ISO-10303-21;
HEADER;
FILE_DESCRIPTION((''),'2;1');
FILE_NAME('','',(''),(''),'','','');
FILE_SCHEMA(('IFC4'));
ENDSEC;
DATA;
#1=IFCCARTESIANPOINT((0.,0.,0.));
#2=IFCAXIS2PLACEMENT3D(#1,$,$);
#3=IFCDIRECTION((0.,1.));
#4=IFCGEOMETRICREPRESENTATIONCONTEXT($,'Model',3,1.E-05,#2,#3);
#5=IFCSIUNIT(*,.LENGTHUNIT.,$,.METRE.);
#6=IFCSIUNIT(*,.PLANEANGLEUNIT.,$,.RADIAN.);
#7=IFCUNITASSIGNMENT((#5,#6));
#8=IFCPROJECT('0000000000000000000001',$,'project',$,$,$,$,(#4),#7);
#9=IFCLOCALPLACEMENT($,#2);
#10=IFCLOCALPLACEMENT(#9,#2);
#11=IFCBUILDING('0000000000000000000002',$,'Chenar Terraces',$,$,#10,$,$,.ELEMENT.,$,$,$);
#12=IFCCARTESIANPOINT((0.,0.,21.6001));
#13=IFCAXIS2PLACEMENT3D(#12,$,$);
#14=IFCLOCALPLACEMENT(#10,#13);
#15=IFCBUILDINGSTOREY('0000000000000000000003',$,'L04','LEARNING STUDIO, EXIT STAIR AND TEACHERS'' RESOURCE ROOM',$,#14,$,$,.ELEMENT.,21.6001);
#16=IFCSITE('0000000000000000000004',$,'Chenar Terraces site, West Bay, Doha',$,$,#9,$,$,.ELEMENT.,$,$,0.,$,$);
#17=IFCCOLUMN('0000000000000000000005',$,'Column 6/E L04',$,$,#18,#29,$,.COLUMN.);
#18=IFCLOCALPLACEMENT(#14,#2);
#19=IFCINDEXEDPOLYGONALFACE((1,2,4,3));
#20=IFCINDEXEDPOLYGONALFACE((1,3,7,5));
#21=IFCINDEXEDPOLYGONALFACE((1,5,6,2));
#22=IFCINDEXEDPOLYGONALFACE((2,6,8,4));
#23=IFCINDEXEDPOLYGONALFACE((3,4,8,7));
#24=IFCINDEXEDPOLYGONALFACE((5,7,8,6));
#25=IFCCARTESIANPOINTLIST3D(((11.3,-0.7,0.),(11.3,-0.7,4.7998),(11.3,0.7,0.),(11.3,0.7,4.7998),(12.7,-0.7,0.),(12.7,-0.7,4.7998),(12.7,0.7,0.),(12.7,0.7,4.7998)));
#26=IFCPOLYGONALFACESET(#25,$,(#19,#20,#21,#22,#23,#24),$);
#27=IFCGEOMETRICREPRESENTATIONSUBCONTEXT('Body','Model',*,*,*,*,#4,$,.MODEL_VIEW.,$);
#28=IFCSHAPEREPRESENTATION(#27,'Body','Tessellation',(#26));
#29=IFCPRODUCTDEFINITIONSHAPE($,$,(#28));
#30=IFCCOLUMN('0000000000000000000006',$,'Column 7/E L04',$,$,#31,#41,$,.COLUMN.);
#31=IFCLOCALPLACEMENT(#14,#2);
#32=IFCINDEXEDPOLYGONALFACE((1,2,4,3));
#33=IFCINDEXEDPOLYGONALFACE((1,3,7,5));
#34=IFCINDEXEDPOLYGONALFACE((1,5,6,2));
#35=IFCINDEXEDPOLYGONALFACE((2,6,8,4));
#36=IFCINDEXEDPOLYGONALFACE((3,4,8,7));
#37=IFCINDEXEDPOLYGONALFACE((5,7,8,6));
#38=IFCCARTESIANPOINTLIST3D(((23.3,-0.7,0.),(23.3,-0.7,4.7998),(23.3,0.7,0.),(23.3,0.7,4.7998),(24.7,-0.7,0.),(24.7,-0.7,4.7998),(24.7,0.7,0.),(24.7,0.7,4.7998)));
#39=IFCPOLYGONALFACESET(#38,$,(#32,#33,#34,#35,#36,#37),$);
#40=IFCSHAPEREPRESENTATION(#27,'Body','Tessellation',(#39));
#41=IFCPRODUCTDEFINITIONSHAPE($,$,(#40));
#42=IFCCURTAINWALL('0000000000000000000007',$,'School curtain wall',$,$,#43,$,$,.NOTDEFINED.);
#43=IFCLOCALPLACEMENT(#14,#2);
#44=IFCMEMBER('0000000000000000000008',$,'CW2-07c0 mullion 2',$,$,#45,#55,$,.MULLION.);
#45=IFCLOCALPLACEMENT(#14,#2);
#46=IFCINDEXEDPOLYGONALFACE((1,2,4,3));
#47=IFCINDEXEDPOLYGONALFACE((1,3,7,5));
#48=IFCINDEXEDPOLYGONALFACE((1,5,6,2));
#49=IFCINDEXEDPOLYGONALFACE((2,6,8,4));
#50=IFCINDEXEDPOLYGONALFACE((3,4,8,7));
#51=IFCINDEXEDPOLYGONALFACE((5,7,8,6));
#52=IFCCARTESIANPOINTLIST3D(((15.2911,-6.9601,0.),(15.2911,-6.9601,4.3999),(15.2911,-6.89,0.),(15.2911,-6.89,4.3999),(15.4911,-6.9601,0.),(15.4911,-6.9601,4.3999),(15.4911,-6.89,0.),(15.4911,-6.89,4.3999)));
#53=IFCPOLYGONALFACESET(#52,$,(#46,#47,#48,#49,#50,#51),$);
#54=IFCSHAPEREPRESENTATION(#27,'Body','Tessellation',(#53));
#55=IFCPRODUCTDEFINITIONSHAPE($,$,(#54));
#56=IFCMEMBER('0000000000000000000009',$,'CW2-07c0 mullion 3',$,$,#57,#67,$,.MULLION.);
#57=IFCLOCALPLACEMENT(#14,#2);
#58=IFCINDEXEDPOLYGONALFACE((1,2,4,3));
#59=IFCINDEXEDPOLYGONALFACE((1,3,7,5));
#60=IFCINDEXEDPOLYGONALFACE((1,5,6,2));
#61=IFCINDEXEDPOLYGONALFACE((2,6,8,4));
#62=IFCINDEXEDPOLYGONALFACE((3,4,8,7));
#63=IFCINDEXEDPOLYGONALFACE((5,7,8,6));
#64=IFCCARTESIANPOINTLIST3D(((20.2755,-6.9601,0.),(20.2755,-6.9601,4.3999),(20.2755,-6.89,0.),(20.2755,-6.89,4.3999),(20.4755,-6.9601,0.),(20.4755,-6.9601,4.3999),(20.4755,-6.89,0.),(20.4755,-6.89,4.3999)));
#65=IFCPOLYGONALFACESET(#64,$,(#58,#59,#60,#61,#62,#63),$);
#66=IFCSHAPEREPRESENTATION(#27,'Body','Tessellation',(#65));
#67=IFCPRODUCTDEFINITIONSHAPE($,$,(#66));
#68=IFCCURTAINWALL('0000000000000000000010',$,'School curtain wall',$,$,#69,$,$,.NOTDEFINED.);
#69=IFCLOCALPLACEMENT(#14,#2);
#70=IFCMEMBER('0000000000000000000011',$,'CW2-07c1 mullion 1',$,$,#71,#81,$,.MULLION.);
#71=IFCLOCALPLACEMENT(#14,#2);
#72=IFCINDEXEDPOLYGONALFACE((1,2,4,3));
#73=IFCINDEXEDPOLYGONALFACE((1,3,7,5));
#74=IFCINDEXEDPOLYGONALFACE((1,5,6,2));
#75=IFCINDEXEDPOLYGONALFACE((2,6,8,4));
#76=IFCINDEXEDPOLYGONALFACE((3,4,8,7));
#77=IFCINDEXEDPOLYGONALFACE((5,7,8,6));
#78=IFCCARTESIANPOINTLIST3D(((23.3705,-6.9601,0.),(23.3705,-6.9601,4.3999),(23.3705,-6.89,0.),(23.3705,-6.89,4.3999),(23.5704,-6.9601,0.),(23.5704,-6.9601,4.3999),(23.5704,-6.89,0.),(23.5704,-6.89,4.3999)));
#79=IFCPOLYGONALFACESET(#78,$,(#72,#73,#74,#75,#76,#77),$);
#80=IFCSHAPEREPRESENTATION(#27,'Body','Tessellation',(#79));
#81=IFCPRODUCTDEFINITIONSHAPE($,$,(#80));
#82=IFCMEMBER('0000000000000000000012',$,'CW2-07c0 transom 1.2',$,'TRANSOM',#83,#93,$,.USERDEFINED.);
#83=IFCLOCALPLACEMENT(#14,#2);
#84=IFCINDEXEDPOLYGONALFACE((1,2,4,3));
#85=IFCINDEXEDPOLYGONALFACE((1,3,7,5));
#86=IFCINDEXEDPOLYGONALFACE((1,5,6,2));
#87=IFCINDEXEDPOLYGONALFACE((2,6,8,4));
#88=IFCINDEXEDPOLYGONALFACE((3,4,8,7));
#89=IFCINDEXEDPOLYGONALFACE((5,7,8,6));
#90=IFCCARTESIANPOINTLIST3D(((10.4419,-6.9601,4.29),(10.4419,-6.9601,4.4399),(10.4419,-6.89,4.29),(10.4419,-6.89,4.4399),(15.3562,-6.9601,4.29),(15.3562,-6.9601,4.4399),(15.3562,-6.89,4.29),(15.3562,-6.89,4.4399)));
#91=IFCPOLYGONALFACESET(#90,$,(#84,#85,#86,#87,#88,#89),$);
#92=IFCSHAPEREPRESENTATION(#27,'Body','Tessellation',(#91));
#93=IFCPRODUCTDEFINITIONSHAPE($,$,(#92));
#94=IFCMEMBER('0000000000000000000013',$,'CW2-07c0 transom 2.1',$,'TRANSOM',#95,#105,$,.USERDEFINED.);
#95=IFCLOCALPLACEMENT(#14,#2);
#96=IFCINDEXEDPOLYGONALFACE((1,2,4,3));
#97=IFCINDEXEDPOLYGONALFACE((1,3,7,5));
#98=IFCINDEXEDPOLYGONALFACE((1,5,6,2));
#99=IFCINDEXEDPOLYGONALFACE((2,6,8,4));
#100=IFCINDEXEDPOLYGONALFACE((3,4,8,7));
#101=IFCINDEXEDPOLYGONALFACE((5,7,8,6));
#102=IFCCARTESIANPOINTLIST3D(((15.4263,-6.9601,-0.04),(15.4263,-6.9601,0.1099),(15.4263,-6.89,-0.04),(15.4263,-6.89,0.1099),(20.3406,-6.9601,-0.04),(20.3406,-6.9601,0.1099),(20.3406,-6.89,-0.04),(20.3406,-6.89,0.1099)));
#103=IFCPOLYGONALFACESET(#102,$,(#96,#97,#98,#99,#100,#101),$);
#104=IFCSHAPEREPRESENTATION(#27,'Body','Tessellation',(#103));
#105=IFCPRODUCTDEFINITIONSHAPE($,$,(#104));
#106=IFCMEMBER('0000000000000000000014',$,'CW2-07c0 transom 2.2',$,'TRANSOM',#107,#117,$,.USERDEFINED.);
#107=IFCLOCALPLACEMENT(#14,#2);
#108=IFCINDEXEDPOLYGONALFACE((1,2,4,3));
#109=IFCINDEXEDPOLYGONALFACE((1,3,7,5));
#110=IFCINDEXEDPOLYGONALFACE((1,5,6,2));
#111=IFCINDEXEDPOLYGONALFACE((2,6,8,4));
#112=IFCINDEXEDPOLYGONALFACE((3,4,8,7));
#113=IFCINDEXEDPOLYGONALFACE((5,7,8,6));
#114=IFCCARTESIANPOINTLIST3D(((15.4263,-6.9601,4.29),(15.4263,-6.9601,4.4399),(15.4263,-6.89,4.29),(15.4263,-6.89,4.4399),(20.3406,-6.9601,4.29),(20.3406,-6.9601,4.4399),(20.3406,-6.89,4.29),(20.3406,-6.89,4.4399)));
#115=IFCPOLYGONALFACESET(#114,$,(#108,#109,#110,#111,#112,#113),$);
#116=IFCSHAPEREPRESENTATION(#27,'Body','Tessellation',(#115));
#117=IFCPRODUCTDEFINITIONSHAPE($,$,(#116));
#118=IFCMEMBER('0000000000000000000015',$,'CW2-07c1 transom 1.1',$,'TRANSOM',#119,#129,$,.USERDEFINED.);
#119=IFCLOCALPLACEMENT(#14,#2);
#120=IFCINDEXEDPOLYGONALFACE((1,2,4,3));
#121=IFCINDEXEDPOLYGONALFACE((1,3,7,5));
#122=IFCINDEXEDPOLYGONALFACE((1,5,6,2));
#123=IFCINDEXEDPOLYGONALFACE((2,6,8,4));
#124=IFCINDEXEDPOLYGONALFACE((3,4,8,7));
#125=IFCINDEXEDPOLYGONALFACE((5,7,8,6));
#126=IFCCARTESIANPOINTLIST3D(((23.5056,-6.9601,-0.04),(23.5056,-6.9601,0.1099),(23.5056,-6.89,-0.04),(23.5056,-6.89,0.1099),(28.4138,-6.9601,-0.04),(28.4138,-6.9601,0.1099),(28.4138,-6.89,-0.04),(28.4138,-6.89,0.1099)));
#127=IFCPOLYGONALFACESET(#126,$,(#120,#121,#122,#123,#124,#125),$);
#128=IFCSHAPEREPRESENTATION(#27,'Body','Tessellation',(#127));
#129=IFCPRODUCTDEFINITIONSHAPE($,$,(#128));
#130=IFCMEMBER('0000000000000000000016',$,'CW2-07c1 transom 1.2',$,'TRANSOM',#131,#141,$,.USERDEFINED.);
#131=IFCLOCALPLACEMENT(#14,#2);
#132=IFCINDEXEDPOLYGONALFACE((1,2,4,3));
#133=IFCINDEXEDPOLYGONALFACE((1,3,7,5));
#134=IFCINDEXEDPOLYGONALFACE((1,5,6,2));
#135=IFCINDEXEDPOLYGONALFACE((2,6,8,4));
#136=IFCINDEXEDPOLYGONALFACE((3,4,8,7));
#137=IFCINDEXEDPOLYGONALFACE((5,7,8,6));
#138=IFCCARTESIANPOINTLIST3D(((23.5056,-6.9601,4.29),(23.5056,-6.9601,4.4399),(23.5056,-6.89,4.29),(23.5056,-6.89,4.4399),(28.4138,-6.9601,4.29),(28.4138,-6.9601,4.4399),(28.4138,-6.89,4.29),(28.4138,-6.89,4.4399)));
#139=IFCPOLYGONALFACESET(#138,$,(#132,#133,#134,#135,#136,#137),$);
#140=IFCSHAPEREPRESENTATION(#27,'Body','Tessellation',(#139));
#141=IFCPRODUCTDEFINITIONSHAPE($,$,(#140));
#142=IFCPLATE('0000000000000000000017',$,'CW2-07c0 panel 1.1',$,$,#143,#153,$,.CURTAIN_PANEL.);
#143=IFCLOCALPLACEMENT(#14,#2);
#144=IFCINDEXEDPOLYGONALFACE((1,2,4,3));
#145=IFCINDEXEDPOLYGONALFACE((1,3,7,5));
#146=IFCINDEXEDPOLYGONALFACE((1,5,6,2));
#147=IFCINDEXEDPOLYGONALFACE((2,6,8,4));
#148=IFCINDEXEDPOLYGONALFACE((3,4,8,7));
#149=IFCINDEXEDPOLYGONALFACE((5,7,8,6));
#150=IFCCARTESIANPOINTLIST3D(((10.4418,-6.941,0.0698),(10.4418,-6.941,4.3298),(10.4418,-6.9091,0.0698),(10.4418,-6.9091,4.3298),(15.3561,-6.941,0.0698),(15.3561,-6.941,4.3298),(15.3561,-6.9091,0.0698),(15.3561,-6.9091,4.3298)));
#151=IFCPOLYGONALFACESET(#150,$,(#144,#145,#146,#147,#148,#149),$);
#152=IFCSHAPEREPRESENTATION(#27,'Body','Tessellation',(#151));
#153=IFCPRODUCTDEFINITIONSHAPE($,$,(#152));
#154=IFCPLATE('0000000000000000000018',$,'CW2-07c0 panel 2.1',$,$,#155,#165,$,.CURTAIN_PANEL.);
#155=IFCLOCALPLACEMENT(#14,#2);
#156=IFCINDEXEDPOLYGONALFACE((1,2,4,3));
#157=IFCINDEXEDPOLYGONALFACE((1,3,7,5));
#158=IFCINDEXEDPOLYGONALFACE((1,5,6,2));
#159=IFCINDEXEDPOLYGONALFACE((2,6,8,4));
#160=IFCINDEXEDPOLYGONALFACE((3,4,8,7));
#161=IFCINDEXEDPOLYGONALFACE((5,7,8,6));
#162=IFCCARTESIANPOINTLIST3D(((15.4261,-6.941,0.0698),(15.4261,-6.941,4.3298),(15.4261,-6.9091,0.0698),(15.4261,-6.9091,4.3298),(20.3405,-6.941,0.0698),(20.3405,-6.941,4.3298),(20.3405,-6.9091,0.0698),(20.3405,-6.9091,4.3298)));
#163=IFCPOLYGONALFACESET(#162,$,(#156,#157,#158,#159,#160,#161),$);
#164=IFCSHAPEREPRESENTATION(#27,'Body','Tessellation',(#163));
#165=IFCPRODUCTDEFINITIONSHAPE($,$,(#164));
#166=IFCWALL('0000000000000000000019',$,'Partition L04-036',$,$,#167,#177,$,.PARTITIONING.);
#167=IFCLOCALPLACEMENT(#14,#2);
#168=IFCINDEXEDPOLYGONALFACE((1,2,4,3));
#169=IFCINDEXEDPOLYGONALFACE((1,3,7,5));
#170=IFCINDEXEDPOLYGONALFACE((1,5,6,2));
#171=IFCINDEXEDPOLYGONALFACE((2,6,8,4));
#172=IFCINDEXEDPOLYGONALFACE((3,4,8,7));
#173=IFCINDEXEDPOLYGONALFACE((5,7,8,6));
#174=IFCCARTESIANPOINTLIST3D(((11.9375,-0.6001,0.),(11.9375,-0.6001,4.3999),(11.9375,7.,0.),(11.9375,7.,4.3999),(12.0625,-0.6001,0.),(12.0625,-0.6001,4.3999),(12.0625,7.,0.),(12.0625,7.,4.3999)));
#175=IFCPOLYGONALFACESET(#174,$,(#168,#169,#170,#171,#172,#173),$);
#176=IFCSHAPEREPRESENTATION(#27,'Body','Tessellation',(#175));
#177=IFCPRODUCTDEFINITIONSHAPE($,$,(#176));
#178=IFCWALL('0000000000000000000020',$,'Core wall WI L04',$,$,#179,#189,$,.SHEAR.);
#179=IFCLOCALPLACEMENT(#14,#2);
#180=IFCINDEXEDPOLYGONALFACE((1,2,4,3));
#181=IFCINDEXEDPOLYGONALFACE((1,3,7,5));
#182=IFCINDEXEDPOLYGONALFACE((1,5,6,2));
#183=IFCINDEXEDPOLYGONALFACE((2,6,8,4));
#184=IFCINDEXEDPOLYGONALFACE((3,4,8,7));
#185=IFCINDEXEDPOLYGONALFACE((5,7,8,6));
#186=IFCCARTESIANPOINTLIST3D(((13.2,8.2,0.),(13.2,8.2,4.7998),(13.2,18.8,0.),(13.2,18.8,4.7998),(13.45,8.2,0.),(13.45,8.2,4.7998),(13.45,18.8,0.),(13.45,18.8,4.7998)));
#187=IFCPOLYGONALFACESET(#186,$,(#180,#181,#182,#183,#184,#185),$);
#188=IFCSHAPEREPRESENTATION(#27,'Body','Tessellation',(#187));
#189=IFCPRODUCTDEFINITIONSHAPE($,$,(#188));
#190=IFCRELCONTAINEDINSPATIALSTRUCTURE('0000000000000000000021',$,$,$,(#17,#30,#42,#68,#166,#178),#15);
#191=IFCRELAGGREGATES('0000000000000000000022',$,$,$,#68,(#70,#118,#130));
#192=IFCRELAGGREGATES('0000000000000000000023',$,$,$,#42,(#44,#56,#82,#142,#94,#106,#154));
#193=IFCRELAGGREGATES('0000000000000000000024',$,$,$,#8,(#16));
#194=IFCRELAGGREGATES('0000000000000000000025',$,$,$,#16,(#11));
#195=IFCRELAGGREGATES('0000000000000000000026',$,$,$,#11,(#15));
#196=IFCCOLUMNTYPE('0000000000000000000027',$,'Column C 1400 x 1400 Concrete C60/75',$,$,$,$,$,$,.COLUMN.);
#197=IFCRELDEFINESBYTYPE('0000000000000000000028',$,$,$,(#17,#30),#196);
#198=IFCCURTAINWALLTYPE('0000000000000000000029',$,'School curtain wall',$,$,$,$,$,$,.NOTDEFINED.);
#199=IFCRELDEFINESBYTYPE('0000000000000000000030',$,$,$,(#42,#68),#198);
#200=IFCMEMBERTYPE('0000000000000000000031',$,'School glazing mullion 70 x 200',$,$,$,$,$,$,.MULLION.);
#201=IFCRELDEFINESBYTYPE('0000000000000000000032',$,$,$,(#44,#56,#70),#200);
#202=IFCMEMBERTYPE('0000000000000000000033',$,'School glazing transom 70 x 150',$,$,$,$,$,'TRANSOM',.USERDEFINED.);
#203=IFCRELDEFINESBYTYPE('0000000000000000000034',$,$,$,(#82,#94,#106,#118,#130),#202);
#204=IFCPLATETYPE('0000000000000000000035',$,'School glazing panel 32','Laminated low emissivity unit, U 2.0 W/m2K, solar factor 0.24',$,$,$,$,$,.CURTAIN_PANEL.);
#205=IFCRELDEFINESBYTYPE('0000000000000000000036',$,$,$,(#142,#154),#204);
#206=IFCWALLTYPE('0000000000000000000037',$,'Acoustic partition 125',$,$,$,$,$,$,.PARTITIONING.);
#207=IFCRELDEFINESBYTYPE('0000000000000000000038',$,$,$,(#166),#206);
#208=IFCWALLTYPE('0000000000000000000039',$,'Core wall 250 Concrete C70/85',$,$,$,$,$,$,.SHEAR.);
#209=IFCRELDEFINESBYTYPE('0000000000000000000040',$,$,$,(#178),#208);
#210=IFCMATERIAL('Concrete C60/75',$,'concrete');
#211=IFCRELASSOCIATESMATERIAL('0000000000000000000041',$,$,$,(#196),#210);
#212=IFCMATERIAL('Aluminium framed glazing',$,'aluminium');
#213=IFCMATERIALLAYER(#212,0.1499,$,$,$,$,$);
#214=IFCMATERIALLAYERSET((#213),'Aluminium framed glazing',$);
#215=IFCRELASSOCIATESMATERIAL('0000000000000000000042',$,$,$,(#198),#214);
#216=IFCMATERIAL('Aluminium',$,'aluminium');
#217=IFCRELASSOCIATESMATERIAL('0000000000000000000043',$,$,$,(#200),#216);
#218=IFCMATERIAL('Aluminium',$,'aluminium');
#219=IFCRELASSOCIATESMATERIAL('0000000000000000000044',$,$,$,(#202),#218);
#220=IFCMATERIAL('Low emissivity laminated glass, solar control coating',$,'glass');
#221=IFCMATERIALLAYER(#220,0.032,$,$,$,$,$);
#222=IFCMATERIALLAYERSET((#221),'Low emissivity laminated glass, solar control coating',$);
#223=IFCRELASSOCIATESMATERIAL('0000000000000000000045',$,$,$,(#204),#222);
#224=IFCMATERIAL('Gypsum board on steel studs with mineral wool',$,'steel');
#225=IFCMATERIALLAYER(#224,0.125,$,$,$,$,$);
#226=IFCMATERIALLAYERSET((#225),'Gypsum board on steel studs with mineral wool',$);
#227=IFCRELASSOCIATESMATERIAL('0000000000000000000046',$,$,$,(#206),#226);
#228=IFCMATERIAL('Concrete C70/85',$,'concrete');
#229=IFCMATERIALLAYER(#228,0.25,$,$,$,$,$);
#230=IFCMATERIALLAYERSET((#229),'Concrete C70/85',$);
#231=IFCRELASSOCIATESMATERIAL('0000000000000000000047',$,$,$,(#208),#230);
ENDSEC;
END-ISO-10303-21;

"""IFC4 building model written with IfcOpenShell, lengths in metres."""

from ifc_helpers import new_model, si_unit, direction, frame, frame_2d, origin, origin_2d, place, context, subcontext, project, spatial, rectangle, extrude, material, layer, layer_set, material_profile, profile_set, type_object, element, aggregate, save


model = new_model("IFC4")

# Units and contexts
model_context = context("Model", 3, precision=1e-05, world=origin(), true_north=direction((0.0, 1.0)))
body_context = subcontext(model_context, "Body", "Model", "MODEL_VIEW")
ifc_project = project(units=[si_unit("LENGTHUNIT", "METRE"), si_unit("PLANEANGLEUNIT", "RADIAN")], contexts=[model_context])

# Site, building, storey
site_placement = place(None, origin())
site = spatial("IfcSite", under=ifc_project, at=site_placement, Name="Chenar Terraces site, West Bay, Doha", CompositionType="ELEMENT", RefElevation=0.0)
building_placement = place(site_placement, origin())
building = spatial("IfcBuilding", under=site, at=building_placement, Name="Chenar Terraces", CompositionType="ELEMENT")
storey_placement = place(building_placement, frame((0.0, 0.0, 21.6001)))
storey = spatial("IfcBuildingStorey", under=building, at=storey_placement, Name="L04", Description="LEARNING STUDIO, EXIT STAIR AND TEACHERS' RESOURCE ROOM", CompositionType="ELEMENT", Elevation=21.6001)

# Columns
ifc_material_1 = material(Name="Concrete C60/75", Category="concrete")
ifc_material_profile_1 = material_profile(ifc_material_1, rectangle(XDim=1.3999, YDim=1.3999, at=origin_2d()), Name="C 1400 x 1400")
ifc_profile_set_1 = profile_set([ifc_material_profile_1], Name="Concrete C60/75")
column_type = type_object("IfcColumnType", Name="Column C 1400 x 1400 Concrete C60/75", PredefinedType="COLUMN", material=ifc_profile_set_1)
for number, where, z_axis, x_axis, name in (
    (1, (12.0, 0.0, 0.0), (0.0, 0.0, 1.0), (1.0, 0.0, 0.0), "Column 6/E L04"),
    (2, (24.0, 0.0, 0.0), (0.0, 0.0, 1.0), (1.0, 0.0, 0.0), "Column 7/E L04"),
):
    element("IfcColumn", number, at=place(storey_placement, frame(where, z_axis=z_axis, x_axis=x_axis)), inside=storey, type_object=column_type, Name=name, PredefinedType="COLUMN", context=body_context, shape_type="SweptSolid", body=[
        extrude(rectangle(XDim=1.3999, YDim=1.3999, at=origin_2d()), origin(), (0.0, 0.0, 1.0), 4.7998),
    ])

# Curtain wall, members
ifc_material_2 = material(Name="Aluminium framed glazing", Category="aluminium")
ifc_layer_1 = layer(ifc_material_2, 0.1499)
ifc_layer_set_1 = layer_set([ifc_layer_1], Name="Aluminium framed glazing")
curtain_wall_type = type_object("IfcCurtainWallType", Name="School curtain wall", PredefinedType="NOTDEFINED", material=ifc_layer_set_1)
placement = place(storey_placement, origin())
curtain_wall_1 = element("IfcCurtainWall", 3, at=placement, inside=storey, type_object=curtain_wall_type, Name="School curtain wall", PredefinedType="NOTDEFINED")
ifc_material_3 = material(Name="Aluminium", Category="aluminium")
ifc_material_profile_2 = material_profile(ifc_material_3, rectangle(XDim=0.0701, YDim=0.2, at=origin_2d()), Name="School glazing mullion 70 x 200")
ifc_profile_set_2 = profile_set([ifc_material_profile_2], Name="Aluminium")
member_type_1 = type_object("IfcMemberType", Name="School glazing mullion 70 x 200", PredefinedType="MULLION", material=ifc_profile_set_2)
member_1_placement = place(storey_placement, frame((15.3911, -6.925, 0.0), z_axis=(0.0, 0.0, 1.0), x_axis=(0.0, 1.0, 0.0)))
member_1 = element("IfcMember", 4, at=member_1_placement, type_object=member_type_1, Name="CW2-07c0 mullion 2", PredefinedType="MULLION", context=body_context, shape_type="SweptSolid", body=[
    extrude(rectangle(XDim=0.0701, YDim=0.2, at=origin_2d()), origin(), (0.0, 0.0, 1.0), 4.3999),
])
member_2_placement = place(storey_placement, frame((20.3755, -6.925, 0.0), z_axis=(0.0, 0.0, 1.0), x_axis=(0.0, 1.0, 0.0)))
member_2 = element("IfcMember", 5, at=member_2_placement, type_object=member_type_1, Name="CW2-07c0 mullion 3", PredefinedType="MULLION", context=body_context, shape_type="SweptSolid", body=[
    extrude(rectangle(XDim=0.0701, YDim=0.2, at=origin_2d()), origin(), (0.0, 0.0, 1.0), 4.3999),
])

# Curtain wall, member
curtain_wall_2 = element("IfcCurtainWall", 6, at=placement, inside=storey, type_object=curtain_wall_type, Name="School curtain wall", PredefinedType="NOTDEFINED")
member_3_placement = place(storey_placement, frame((23.4705, -6.925, 0.0), z_axis=(0.0, 0.0, 1.0), x_axis=(0.0, 1.0, 0.0)))
member_3 = element("IfcMember", 7, at=member_3_placement, type_object=member_type_1, Name="CW2-07c1 mullion 1", PredefinedType="MULLION", context=body_context, shape_type="SweptSolid", body=[
    extrude(rectangle(XDim=0.0701, YDim=0.2, at=origin_2d()), origin(), (0.0, 0.0, 1.0), 4.3999),
])

# Members
ifc_material_4 = material(Name="Aluminium", Category="aluminium")
ifc_material_profile_3 = material_profile(ifc_material_4, rectangle(XDim=0.0701, YDim=0.1499, at=origin_2d()), Name="School glazing transom 70 x 150")
ifc_profile_set_3 = profile_set([ifc_material_profile_3], Name="Aluminium")
member_type_2 = type_object("IfcMemberType", Name="School glazing transom 70 x 150", ElementType="TRANSOM", PredefinedType="USERDEFINED", material=ifc_profile_set_3)
member_4_placement = place(storey_placement, frame((10.4419, -6.925, 4.365), z_axis=(1.0, 0.0, 0.0), x_axis=(0.0, 1.0, 0.0)))
member_4 = element("IfcMember", 8, at=member_4_placement, type_object=member_type_2, Name="CW2-07c0 transom 1.2", ObjectType="TRANSOM", PredefinedType="USERDEFINED", context=body_context, shape_type="SweptSolid", body=[
    extrude(rectangle(XDim=0.0701, YDim=0.1499, at=origin_2d()), origin(), (0.0, 0.0, 1.0), 4.9143),
])
member_5_placement = place(storey_placement, frame((15.4263, -6.925, 0.0349), z_axis=(1.0, 0.0, 0.0), x_axis=(0.0, 1.0, 0.0)))
member_5 = element("IfcMember", 9, at=member_5_placement, type_object=member_type_2, Name="CW2-07c0 transom 2.1", ObjectType="TRANSOM", PredefinedType="USERDEFINED", context=body_context, shape_type="SweptSolid", body=[
    extrude(rectangle(XDim=0.0701, YDim=0.1499, at=origin_2d()), origin(), (0.0, 0.0, 1.0), 4.9143),
])
member_6_placement = place(storey_placement, frame((15.4263, -6.925, 4.365), z_axis=(1.0, 0.0, 0.0), x_axis=(0.0, 1.0, 0.0)))
member_6 = element("IfcMember", 10, at=member_6_placement, type_object=member_type_2, Name="CW2-07c0 transom 2.2", ObjectType="TRANSOM", PredefinedType="USERDEFINED", context=body_context, shape_type="SweptSolid", body=[
    extrude(rectangle(XDim=0.0701, YDim=0.1499, at=origin_2d()), origin(), (0.0, 0.0, 1.0), 4.9143),
])
member_7_placement = place(storey_placement, frame((23.5056, -6.925, 0.0349), z_axis=(1.0, 0.0, 0.0), x_axis=(0.0, 1.0, 0.0)))
member_7 = element("IfcMember", 11, at=member_7_placement, type_object=member_type_2, Name="CW2-07c1 transom 1.1", ObjectType="TRANSOM", PredefinedType="USERDEFINED", context=body_context, shape_type="SweptSolid", body=[
    extrude(rectangle(XDim=0.0701, YDim=0.1499, at=origin_2d()), origin(), (0.0, 0.0, 1.0), 4.9082),
])
member_8_placement = place(storey_placement, frame((23.5056, -6.925, 4.365), z_axis=(1.0, 0.0, 0.0), x_axis=(0.0, 1.0, 0.0)))
member_8 = element("IfcMember", 12, at=member_8_placement, type_object=member_type_2, Name="CW2-07c1 transom 1.2", ObjectType="TRANSOM", PredefinedType="USERDEFINED", context=body_context, shape_type="SweptSolid", body=[
    extrude(rectangle(XDim=0.0701, YDim=0.1499, at=origin_2d()), origin(), (0.0, 0.0, 1.0), 4.9082),
])
aggregate(curtain_wall_2, [member_3, member_7, member_8])

# Plates
ifc_material_5 = material(Name="Low emissivity laminated glass, solar control coating", Category="glass")
ifc_layer_2 = layer(ifc_material_5, 0.032)
ifc_layer_set_2 = layer_set([ifc_layer_2], Name="Low emissivity laminated glass, solar control coating")
plate_type = type_object("IfcPlateType", Name="School glazing panel 32", Description="Laminated low emissivity unit, U 2.0 W/m2K, solar factor 0.24", PredefinedType="CURTAIN_PANEL", material=ifc_layer_set_2)
plate_1_placement = place(storey_placement, frame((12.8989, -6.925, 0.0698), z_axis=(0.0, 0.0, 1.0), x_axis=(1.0, 0.0, 0.0)))
plate_1 = element("IfcPlate", 13, at=plate_1_placement, type_object=plate_type, Name="CW2-07c0 panel 1.1", PredefinedType="CURTAIN_PANEL", context=body_context, shape_type="SweptSolid", body=[
    extrude(rectangle(XDim=4.9143, YDim=0.032, at=origin_2d()), origin(), (0.0, 0.0, 1.0), 4.26),
])
plate_2_placement = place(storey_placement, frame((17.8833, -6.925, 0.0698), z_axis=(0.0, 0.0, 1.0), x_axis=(1.0, 0.0, 0.0)))
plate_2 = element("IfcPlate", 14, at=plate_2_placement, type_object=plate_type, Name="CW2-07c0 panel 2.1", PredefinedType="CURTAIN_PANEL", context=body_context, shape_type="SweptSolid", body=[
    extrude(rectangle(XDim=4.9143, YDim=0.032, at=origin_2d()), origin(), (0.0, 0.0, 1.0), 4.26),
])
aggregate(curtain_wall_1, [member_1, member_2, member_4, plate_1, member_5, member_6, plate_2])

# Walls
ifc_material_6 = material(Name="Gypsum board on steel studs with mineral wool", Category="steel")
ifc_layer_3 = layer(ifc_material_6, 0.125)
ifc_layer_set_3 = layer_set([ifc_layer_3], Name="Gypsum board on steel studs with mineral wool")
wall_type_1 = type_object("IfcWallType", Name="Acoustic partition 125", PredefinedType="PARTITIONING", material=ifc_layer_set_3)
wall_1_placement = place(storey_placement, frame((12.0, -0.6001, 0.0), z_axis=(0.0, 0.0, 1.0), x_axis=(0.0, 1.0, 0.0)))
element("IfcWall", 15, at=wall_1_placement, inside=storey, type_object=wall_type_1, Name="Partition L04-036", PredefinedType="PARTITIONING", context=body_context, shape_type="SweptSolid", body=[
    extrude(rectangle(XDim=7.6001, YDim=0.125, at=frame_2d((3.8, 0.0))), origin(), (0.0, 0.0, 1.0), 4.3999),
])
ifc_material_7 = material(Name="Concrete C70/85", Category="concrete")
ifc_layer_4 = layer(ifc_material_7, 0.25)
ifc_layer_set_4 = layer_set([ifc_layer_4], Name="Concrete C70/85")
wall_type_2 = type_object("IfcWallType", Name="Core wall 250 Concrete C70/85", PredefinedType="SHEAR", material=ifc_layer_set_4)
wall_2_placement = place(storey_placement, frame((13.325, 8.2, 0.0), z_axis=(0.0, 0.0, 1.0), x_axis=(0.0, 1.0, 0.0)))
element("IfcWall", 16, at=wall_2_placement, inside=storey, type_object=wall_type_2, Name="Core wall WI L04", PredefinedType="SHEAR", context=body_context, shape_type="SweptSolid", body=[
    extrude(rectangle(XDim=10.6001, YDim=0.25, at=frame_2d((5.3, 0.0))), origin(), (0.0, 0.0, 1.0), 4.7998),
])

save(model, "model.ifc")
